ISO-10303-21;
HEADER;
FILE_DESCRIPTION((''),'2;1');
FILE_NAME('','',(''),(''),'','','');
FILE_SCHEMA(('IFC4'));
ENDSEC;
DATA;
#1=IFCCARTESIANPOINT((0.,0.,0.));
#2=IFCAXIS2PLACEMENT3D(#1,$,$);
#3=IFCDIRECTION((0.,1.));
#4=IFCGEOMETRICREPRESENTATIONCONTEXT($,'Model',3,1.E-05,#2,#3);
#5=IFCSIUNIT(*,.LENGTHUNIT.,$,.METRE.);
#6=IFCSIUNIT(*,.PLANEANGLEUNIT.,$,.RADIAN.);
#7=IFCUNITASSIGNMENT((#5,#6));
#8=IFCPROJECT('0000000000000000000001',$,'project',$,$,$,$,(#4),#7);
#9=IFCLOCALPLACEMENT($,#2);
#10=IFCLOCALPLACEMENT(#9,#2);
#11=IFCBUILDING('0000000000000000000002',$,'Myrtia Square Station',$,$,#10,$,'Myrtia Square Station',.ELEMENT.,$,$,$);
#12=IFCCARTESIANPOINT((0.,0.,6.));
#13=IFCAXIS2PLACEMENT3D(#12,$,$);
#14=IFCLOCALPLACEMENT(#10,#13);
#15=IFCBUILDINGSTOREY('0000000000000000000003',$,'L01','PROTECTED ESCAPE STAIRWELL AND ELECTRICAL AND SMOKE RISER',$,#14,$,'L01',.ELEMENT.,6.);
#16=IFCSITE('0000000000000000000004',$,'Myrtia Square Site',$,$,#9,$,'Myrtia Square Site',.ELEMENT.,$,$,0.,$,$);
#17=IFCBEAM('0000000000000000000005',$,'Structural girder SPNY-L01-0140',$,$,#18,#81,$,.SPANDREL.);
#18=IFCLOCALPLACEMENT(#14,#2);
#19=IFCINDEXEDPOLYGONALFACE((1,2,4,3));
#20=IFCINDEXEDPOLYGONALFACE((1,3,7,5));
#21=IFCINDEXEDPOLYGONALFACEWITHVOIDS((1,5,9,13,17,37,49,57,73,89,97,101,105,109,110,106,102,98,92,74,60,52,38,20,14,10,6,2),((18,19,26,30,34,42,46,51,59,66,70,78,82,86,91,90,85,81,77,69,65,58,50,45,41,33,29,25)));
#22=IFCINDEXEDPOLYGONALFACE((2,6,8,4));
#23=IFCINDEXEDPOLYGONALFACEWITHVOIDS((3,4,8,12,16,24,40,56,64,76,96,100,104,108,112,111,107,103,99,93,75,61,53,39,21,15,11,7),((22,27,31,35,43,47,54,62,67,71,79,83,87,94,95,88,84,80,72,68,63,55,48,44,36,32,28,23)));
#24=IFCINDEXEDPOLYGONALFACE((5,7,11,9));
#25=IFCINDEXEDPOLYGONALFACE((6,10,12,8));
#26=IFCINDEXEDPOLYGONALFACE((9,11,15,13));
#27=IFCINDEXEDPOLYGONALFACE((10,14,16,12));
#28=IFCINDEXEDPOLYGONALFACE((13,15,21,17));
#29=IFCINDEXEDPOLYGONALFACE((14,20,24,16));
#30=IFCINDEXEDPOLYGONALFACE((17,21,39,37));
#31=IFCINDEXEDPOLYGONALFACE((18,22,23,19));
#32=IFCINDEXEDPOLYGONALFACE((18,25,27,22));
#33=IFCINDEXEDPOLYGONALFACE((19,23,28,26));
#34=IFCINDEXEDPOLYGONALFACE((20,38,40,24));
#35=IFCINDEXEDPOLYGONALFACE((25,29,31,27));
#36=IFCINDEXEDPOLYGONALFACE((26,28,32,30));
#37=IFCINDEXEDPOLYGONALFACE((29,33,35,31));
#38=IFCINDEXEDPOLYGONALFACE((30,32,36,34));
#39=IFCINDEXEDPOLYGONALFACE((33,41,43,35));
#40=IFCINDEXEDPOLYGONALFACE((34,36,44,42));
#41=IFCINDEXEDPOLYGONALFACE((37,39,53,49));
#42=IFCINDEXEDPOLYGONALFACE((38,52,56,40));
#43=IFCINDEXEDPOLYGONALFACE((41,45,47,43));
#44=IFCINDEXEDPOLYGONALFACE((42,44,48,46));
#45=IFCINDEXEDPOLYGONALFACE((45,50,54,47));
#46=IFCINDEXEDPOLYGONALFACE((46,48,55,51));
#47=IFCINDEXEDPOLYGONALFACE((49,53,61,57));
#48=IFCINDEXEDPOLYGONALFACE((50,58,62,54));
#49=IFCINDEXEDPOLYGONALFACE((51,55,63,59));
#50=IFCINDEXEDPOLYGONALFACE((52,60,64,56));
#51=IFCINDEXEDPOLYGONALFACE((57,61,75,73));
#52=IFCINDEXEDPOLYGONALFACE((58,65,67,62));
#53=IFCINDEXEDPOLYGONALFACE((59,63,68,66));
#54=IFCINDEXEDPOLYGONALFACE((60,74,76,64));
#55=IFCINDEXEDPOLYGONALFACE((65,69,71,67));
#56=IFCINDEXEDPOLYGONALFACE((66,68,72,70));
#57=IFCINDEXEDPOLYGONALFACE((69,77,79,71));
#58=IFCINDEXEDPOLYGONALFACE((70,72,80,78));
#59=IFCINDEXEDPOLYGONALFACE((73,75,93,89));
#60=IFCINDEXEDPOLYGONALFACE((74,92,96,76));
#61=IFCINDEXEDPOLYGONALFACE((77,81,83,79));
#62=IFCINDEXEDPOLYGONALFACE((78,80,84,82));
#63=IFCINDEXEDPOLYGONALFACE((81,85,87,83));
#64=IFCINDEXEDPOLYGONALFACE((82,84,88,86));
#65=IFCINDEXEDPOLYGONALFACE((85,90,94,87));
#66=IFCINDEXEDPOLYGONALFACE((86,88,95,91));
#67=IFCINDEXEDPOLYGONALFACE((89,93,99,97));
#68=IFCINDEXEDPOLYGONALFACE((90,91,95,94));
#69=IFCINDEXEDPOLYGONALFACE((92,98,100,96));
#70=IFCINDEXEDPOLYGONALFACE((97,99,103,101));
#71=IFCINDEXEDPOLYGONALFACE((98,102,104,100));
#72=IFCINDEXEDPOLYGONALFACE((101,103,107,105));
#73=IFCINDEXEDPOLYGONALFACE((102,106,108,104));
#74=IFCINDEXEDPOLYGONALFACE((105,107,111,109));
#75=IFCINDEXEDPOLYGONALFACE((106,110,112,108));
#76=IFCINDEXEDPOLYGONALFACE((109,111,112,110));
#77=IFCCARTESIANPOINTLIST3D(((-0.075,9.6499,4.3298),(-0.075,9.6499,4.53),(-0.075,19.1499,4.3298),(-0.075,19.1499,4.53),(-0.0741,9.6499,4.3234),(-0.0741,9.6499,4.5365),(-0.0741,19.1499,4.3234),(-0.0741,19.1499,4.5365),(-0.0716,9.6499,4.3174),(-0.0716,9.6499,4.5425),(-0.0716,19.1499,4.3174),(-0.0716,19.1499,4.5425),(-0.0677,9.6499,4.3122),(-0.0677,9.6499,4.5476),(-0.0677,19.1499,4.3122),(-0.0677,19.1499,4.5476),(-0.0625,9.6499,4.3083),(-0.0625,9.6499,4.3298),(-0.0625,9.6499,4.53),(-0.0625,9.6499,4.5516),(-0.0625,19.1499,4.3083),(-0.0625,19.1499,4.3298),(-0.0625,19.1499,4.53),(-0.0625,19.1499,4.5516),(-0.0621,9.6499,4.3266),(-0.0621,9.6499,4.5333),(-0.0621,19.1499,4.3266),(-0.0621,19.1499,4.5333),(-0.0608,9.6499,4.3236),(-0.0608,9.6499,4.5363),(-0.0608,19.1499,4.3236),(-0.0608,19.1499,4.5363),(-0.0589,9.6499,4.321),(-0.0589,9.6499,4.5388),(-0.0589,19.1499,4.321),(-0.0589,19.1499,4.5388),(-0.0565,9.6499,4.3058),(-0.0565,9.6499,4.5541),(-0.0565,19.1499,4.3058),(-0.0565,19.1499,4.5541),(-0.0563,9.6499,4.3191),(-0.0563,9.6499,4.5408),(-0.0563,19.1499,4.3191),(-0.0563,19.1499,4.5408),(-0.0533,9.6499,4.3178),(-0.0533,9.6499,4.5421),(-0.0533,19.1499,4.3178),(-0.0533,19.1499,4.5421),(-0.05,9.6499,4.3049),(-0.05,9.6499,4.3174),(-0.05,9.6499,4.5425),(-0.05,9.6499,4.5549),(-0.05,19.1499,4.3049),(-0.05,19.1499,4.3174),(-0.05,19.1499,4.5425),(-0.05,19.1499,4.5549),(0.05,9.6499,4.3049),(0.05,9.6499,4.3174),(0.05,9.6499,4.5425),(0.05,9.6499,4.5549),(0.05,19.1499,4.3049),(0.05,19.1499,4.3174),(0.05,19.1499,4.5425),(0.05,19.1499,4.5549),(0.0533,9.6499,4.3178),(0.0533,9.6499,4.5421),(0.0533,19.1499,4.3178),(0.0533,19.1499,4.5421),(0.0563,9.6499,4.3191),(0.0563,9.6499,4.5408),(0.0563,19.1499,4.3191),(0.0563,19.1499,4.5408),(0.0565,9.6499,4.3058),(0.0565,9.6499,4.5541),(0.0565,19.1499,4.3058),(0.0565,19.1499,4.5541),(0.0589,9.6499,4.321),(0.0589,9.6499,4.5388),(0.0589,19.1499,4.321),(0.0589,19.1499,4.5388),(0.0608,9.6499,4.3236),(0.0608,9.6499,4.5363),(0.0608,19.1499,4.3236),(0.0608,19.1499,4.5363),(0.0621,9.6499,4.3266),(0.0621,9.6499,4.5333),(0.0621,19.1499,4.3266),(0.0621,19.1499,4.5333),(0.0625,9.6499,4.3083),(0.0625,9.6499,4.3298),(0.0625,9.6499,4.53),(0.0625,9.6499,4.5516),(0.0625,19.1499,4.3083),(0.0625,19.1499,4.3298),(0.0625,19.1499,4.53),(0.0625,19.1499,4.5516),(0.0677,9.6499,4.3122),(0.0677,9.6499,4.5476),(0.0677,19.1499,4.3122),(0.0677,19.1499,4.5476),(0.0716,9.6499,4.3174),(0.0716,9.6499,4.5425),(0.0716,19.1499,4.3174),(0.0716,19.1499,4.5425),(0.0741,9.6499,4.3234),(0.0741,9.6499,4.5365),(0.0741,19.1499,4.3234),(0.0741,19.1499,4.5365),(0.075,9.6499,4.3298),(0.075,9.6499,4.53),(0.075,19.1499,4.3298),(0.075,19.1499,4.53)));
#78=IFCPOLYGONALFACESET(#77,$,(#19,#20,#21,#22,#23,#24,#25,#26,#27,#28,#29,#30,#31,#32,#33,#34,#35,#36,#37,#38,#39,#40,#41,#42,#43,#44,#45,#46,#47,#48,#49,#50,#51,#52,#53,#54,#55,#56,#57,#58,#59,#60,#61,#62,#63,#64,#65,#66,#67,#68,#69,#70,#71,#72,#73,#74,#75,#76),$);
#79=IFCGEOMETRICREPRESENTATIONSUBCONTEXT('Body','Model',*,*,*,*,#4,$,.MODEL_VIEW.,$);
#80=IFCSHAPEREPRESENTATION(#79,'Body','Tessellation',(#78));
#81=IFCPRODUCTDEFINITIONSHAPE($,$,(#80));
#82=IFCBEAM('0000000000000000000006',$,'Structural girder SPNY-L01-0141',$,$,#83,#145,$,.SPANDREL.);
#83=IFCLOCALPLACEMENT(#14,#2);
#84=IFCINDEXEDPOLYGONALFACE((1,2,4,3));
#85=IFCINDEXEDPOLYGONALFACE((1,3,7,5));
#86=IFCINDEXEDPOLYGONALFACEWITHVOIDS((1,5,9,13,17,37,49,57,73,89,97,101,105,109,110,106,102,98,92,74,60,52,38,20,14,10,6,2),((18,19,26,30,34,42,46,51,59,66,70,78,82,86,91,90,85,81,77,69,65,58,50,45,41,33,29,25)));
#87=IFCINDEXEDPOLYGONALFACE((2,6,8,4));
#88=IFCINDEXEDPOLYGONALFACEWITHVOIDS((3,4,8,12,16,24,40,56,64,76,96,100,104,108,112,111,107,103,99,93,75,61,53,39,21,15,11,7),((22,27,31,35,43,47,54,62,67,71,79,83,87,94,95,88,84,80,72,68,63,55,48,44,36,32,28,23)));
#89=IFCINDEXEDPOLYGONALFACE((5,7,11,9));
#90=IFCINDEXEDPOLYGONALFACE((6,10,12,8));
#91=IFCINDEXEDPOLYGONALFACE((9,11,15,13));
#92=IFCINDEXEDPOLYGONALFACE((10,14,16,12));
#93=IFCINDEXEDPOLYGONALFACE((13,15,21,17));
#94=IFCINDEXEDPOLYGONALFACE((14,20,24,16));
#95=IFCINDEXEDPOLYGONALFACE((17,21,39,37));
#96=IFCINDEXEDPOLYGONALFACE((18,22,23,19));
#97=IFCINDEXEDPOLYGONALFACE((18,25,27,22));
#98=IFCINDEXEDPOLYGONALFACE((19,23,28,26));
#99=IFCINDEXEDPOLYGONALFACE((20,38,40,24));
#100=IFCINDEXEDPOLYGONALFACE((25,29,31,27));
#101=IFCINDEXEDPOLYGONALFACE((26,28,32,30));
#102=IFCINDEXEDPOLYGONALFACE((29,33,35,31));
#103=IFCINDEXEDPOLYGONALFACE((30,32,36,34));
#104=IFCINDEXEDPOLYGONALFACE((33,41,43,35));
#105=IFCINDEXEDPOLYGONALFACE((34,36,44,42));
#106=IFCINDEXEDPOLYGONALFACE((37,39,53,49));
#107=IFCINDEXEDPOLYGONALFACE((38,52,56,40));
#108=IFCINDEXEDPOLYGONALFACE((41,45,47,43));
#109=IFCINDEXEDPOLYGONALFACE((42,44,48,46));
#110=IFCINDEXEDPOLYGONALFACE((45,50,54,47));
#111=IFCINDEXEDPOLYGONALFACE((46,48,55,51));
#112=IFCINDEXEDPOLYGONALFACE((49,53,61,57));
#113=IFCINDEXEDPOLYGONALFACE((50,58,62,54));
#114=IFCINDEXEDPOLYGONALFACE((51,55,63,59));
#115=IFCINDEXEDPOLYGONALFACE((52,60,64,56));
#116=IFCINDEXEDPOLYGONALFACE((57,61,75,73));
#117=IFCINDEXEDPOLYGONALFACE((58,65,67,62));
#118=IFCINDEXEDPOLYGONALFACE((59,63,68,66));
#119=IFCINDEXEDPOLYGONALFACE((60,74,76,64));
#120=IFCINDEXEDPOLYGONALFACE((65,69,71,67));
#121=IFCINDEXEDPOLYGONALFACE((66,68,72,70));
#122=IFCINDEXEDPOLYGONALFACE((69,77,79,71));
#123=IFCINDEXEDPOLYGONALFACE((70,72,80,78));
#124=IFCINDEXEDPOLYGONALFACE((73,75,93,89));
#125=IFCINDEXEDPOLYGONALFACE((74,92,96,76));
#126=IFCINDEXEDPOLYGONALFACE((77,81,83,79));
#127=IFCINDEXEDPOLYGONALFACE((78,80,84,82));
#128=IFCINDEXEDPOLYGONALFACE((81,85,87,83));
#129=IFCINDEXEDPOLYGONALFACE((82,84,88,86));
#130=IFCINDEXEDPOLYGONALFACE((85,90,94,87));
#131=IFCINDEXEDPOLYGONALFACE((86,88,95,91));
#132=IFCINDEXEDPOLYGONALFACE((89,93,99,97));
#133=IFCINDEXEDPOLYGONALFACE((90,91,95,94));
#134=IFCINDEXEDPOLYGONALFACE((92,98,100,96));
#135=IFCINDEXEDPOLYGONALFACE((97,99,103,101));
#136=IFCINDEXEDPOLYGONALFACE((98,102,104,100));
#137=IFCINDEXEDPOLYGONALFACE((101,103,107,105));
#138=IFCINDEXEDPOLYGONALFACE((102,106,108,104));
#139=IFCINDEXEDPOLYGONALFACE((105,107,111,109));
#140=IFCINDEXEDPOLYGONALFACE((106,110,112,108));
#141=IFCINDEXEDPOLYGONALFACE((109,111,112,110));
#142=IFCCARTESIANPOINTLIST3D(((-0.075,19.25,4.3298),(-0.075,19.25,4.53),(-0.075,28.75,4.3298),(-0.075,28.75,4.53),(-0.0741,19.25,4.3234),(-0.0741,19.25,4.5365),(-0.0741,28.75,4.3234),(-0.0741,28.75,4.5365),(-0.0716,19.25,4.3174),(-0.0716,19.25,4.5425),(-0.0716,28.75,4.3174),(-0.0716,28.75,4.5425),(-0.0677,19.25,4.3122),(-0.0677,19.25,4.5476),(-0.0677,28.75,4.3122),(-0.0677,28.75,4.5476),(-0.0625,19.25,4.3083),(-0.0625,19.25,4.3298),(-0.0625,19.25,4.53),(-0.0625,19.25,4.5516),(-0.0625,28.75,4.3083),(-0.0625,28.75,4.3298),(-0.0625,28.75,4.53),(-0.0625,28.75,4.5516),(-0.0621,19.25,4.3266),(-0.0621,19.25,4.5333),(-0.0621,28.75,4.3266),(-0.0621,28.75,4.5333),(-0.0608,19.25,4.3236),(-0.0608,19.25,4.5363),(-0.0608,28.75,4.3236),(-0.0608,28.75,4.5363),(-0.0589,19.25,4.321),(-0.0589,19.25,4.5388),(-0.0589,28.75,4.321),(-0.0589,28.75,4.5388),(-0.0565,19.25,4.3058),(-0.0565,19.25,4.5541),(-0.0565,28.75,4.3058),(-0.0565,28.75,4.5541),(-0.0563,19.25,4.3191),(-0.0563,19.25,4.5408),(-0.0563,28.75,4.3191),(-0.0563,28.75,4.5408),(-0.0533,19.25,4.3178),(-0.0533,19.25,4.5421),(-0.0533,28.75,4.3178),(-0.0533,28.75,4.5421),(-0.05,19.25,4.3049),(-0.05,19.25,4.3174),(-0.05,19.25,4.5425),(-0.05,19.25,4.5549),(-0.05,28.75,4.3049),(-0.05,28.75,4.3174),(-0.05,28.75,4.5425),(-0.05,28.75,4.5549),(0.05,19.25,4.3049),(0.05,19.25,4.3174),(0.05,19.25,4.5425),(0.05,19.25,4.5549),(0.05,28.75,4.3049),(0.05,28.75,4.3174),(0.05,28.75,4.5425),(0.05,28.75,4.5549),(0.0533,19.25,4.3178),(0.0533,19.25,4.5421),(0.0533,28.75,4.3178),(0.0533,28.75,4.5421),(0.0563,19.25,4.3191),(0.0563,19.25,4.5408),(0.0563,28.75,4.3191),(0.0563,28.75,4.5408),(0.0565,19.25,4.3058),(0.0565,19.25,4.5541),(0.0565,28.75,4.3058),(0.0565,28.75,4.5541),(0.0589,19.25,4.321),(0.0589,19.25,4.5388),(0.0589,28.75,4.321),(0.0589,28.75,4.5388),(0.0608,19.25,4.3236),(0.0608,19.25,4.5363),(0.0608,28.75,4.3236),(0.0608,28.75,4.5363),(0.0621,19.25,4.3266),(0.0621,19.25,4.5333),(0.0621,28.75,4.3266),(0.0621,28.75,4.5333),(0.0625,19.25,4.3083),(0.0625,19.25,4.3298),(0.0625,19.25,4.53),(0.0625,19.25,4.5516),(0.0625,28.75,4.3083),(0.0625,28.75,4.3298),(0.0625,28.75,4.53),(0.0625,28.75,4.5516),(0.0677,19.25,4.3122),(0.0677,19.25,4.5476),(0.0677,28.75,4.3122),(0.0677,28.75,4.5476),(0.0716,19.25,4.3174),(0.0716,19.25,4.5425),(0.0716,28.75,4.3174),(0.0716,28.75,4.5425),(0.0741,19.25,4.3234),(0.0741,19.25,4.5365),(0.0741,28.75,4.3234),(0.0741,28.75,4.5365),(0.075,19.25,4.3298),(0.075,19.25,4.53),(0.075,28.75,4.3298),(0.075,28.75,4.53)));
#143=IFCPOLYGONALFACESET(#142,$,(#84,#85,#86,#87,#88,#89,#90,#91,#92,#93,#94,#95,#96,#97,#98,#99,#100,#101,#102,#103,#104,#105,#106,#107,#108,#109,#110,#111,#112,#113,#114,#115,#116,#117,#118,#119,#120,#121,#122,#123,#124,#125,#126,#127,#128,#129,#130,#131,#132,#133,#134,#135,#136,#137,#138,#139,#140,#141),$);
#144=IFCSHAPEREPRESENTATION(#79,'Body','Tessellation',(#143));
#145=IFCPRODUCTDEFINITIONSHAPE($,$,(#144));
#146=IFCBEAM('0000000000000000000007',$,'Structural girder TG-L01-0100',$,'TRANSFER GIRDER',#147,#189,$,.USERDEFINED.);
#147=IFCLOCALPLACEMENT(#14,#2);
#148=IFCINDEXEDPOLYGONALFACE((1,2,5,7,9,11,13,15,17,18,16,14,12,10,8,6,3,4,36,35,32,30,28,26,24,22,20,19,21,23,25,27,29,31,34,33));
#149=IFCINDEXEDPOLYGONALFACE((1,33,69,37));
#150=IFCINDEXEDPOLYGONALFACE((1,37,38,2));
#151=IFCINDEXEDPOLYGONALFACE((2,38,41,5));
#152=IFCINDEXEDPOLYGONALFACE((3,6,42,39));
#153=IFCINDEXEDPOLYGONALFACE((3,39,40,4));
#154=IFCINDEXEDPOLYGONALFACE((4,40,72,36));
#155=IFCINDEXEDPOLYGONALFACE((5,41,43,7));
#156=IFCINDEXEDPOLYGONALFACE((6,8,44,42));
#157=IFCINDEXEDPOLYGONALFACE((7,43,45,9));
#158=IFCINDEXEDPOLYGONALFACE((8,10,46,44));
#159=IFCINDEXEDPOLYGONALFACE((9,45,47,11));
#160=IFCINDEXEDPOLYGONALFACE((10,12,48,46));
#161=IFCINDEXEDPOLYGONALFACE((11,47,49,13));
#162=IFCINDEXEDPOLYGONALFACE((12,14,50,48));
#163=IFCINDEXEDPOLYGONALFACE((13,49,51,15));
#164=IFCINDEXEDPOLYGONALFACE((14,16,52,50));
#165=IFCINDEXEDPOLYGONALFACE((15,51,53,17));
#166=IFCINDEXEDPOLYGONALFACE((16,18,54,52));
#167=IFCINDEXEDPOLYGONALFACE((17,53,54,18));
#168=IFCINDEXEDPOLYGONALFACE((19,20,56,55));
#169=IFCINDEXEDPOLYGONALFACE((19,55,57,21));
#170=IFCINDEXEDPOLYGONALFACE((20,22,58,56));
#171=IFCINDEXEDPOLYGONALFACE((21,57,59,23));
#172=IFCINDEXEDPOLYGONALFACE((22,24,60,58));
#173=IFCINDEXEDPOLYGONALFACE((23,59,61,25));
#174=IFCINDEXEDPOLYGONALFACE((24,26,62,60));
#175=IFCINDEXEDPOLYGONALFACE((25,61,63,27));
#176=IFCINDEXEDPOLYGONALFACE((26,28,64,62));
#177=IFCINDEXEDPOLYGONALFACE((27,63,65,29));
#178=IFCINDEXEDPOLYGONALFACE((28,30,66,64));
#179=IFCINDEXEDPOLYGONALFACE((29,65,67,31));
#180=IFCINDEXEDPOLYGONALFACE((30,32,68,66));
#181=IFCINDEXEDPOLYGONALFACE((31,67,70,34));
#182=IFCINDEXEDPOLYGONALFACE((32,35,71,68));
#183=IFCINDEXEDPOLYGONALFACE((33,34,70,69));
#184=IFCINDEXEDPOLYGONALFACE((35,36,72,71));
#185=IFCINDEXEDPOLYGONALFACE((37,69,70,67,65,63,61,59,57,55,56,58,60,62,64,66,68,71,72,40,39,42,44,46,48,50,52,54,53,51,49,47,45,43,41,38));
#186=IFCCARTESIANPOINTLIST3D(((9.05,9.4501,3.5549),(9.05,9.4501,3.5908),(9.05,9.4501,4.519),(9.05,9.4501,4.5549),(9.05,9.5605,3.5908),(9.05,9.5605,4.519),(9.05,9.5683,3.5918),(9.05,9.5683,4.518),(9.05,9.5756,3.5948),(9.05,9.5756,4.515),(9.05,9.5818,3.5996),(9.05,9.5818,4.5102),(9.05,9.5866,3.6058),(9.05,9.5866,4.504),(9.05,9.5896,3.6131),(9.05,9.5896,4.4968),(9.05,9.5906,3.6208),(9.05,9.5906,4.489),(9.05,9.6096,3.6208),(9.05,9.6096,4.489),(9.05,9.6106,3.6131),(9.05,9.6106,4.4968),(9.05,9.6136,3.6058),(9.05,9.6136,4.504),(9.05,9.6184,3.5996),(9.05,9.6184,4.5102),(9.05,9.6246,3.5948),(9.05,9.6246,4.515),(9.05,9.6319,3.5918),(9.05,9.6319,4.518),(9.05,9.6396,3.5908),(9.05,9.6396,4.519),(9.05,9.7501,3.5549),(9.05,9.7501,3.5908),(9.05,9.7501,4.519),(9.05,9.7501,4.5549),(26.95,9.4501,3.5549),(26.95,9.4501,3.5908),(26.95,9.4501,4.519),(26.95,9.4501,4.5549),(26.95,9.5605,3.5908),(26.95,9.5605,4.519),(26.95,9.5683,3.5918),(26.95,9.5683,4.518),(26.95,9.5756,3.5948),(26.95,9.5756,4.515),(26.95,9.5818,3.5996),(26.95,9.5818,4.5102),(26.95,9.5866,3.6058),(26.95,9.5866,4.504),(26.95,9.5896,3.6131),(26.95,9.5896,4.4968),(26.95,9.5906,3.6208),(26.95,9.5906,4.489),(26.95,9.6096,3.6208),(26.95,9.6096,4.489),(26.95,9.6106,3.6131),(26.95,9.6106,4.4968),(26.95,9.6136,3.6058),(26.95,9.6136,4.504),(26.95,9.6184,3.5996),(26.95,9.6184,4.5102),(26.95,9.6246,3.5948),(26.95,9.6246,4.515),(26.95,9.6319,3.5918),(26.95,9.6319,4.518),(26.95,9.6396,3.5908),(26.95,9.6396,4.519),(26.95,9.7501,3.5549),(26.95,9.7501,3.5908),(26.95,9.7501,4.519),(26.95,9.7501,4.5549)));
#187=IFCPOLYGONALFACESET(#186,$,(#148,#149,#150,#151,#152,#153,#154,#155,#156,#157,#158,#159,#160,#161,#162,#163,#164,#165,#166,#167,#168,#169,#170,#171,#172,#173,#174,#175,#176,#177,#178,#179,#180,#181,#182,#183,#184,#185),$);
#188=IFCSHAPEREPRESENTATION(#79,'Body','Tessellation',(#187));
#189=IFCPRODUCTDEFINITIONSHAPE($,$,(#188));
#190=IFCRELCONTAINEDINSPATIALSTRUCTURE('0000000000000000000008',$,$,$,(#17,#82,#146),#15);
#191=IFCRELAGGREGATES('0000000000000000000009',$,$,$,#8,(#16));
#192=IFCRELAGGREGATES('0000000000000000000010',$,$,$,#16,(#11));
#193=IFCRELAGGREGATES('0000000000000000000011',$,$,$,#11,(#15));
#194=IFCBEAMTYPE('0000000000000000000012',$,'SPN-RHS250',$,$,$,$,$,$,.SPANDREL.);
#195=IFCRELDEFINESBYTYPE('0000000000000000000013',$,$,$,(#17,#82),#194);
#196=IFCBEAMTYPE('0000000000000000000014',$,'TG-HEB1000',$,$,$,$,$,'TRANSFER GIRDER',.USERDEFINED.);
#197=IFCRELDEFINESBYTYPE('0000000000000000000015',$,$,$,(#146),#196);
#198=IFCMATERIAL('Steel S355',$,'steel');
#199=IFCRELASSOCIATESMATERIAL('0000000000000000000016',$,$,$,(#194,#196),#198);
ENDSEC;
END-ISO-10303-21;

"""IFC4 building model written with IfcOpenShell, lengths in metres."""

from ifc_helpers import new_model, si_unit, direction, frame, origin, origin_2d, place, context, subcontext, project, spatial, hollow_rectangle, i_section, extrude, material, material_profile, profile_set, type_object, element, save


model = new_model("IFC4")

# Units and contexts
model_context = context("Model", 3, precision=1e-05, world=origin(), true_north=direction((0.0, 1.0)))
body_context = subcontext(model_context, "Body", "Model", "MODEL_VIEW")
ifc_project = project(units=[si_unit("LENGTHUNIT", "METRE"), si_unit("PLANEANGLEUNIT", "RADIAN")], contexts=[model_context])

# Site, building, storey
site_placement = place(None, origin())
site = spatial("IfcSite", under=ifc_project, at=site_placement, Name="Myrtia Square Site", LongName="Myrtia Square Site", CompositionType="ELEMENT", RefElevation=0.0)
building_placement = place(site_placement, origin())
building = spatial("IfcBuilding", under=site, at=building_placement, Name="Myrtia Square Station", LongName="Myrtia Square Station", CompositionType="ELEMENT")
storey_placement = place(building_placement, frame((0.0, 0.0, 6.0)))
storey = spatial("IfcBuildingStorey", under=building, at=storey_placement, Name="L01", Description="PROTECTED ESCAPE STAIRWELL AND ELECTRICAL AND SMOKE RISER", LongName="L01", CompositionType="ELEMENT", Elevation=6.0)

# Shared definitions
ifc_material_1 = material(Name="Steel S355", Category="steel")

# Beams
ifc_material_profile_1 = material_profile(ifc_material_1, hollow_rectangle(XDim=0.1499, YDim=0.25, WallThickness=0.0125, InnerFilletRadius=0.0125, OuterFilletRadius=0.0249, at=origin_2d()), Name="RHS 250x150x12.5")
ifc_profile_set_1 = profile_set([ifc_material_profile_1], Name="Steel S355")
beam_type_1 = type_object("IfcBeamType", Name="SPN-RHS250", PredefinedType="SPANDREL", material=ifc_profile_set_1)
for number, where, z_axis, x_axis, name in (
    (1, (0.0, 9.6499, 4.4299), (0.0, 1.0, 0.0), (-1.0, 0.0, 0.0), "Structural girder SPNY-L01-0140"),
    (2, (0.0, 19.25, 4.4299), (0.0, 1.0, 0.0), (-1.0, 0.0, 0.0), "Structural girder SPNY-L01-0141"),
):
    element("IfcBeam", number, at=place(storey_placement, frame(where, z_axis=z_axis, x_axis=x_axis)), inside=storey, type_object=beam_type_1, Name=name, PredefinedType="SPANDREL", context=body_context, shape_type="SweptSolid", body=[
        extrude(hollow_rectangle(XDim=0.1499, YDim=0.25, WallThickness=0.0125, InnerFilletRadius=0.0125, OuterFilletRadius=0.0249, at=origin_2d()), origin(), (0.0, 0.0, 1.0), 9.5),
    ])
ifc_material_profile_2 = material_profile(ifc_material_1, i_section(OverallWidth=0.3, OverallDepth=1.0, WebThickness=0.019, FlangeThickness=0.0359, FilletRadius=0.03, at=origin_2d()), Name="HEB 1000")
ifc_profile_set_2 = profile_set([ifc_material_profile_2], Name="Steel S355")
beam_type_2 = type_object("IfcBeamType", Name="TG-HEB1000", ElementType="TRANSFER GIRDER", PredefinedType="USERDEFINED", material=ifc_profile_set_2)
for number, where, z_axis, x_axis, name in (
    (3, (9.05, 9.6001, 4.0549), (1.0, 0.0, 0.0), (0.0, 1.0, 0.0), "Structural girder TG-L01-0100"),
):
    element("IfcBeam", number, at=place(storey_placement, frame(where, z_axis=z_axis, x_axis=x_axis)), inside=storey, type_object=beam_type_2, Name=name, ObjectType="TRANSFER GIRDER", PredefinedType="USERDEFINED", context=body_context, shape_type="SweptSolid", body=[
        extrude(i_section(OverallWidth=0.3, OverallDepth=1.0, WebThickness=0.019, FlangeThickness=0.0359, FilletRadius=0.03, at=origin_2d()), origin(), (0.0, 0.0, 1.0), 17.8999),
    ])

save(model, "model.ifc")
